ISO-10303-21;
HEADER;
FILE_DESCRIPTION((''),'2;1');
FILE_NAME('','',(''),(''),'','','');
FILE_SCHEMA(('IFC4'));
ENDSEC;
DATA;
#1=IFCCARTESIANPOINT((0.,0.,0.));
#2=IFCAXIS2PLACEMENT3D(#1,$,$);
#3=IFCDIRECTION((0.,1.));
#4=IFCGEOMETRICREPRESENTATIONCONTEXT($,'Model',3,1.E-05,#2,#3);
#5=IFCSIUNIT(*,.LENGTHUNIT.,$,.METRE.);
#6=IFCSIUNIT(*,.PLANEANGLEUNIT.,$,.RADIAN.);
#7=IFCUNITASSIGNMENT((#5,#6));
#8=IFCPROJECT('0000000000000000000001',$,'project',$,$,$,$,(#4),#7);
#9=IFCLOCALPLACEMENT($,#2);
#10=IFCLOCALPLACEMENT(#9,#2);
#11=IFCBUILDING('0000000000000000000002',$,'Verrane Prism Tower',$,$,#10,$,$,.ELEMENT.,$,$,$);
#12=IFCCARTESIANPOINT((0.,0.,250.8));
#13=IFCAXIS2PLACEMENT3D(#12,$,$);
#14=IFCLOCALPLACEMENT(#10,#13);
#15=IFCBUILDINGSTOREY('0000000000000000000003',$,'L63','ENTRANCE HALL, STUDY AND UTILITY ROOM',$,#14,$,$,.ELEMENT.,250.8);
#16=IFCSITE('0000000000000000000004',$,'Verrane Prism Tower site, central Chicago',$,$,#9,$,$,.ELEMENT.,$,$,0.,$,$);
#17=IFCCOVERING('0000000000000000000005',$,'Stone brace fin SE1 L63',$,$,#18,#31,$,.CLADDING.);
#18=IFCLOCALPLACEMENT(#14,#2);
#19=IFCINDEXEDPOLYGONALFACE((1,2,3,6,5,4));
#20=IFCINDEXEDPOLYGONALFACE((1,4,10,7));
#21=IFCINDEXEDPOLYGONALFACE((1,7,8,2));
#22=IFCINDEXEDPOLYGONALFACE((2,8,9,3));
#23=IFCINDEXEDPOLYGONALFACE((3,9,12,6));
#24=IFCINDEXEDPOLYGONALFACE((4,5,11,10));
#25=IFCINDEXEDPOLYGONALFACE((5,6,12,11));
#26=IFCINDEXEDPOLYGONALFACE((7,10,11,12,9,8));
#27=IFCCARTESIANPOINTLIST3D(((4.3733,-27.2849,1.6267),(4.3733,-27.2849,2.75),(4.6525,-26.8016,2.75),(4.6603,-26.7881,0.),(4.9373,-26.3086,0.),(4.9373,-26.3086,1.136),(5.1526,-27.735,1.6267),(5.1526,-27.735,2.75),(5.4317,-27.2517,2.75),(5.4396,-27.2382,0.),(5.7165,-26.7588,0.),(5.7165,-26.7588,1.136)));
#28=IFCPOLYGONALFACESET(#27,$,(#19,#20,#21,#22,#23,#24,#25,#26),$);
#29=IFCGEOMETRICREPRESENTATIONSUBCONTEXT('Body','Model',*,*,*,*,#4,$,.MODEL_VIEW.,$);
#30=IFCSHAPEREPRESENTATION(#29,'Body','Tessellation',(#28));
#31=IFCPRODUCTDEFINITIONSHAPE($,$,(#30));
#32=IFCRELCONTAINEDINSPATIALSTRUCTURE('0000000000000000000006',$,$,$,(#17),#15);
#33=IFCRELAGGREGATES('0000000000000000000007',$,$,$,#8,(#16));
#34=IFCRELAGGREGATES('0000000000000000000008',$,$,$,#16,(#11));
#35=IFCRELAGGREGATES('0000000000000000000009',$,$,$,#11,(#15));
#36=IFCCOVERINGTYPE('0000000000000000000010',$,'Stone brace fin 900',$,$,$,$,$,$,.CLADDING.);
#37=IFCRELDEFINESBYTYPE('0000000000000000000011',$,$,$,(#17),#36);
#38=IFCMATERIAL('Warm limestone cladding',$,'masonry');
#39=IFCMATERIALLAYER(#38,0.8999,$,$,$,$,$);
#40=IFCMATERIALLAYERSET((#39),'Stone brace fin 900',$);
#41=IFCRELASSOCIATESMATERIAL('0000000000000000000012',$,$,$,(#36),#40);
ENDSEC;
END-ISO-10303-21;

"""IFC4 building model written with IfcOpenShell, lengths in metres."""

from ifc_helpers import new_model, si_unit, direction, frame, origin, place, context, subcontext, project, spatial, polyline, outline, extrude, material, layer, layer_set, type_object, element, save


model = new_model("IFC4")

# Units and contexts
model_context = context("Model", 3, precision=1e-05, world=origin(), true_north=direction((0.0, 1.0)))
body_context = subcontext(model_context, "Body", "Model", "MODEL_VIEW")
ifc_project = project(units=[si_unit("LENGTHUNIT", "METRE"), si_unit("PLANEANGLEUNIT", "RADIAN")], contexts=[model_context])

# Site, building, storey
site_placement = place(None, origin())
site = spatial("IfcSite", under=ifc_project, at=site_placement, Name="Verrane Prism Tower site, central Chicago", CompositionType="ELEMENT", RefElevation=0.0)
building_placement = place(site_placement, origin())
building = spatial("IfcBuilding", under=site, at=building_placement, Name="Verrane Prism Tower", CompositionType="ELEMENT")
storey_placement = place(building_placement, frame((0.0, 0.0, 250.8)))
storey = spatial("IfcBuildingStorey", under=building, at=storey_placement, Name="L63", Description="ENTRANCE HALL, STUDY AND UTILITY ROOM", CompositionType="ELEMENT", Elevation=250.8)

# Covering
ifc_material_1 = material(Name="Warm limestone cladding", Category="masonry")
ifc_layer_1 = layer(ifc_material_1, 0.8999)
ifc_layer_set_1 = layer_set([ifc_layer_1], Name="Stone brace fin 900")
covering_type = type_object("IfcCoveringType", Name="Stone brace fin 900", PredefinedType="CLADDING", material=ifc_layer_set_1)
covering_placement = place(storey_placement, frame((5.3269, -26.5337, 0.0), z_axis=(0.0, 0.0, 1.0), x_axis=(-0.500191, -0.865915, 0.0)))
element("IfcCovering", 1, at=covering_placement, inside=storey, type_object=covering_type, Name="Stone brace fin SE1 L63", PredefinedType="CLADDING", context=body_context, shape_type="SweptSolid", body=[
    extrude(outline(polyline([(1.1274, 2.75), (0.5693, 2.75), (0.0, 1.136), (0.0, 0.0), (0.5537, 0.0), (1.1274, 1.6267), (1.1274, 2.75)])), frame((0.0, 0.45, 0.0), z_axis=(0.0, -1.0, 0.0), x_axis=(1.0, 0.0, 0.0)), (0.0, 0.0, 1.0), 0.8999),
])

save(model, "model.ifc")
